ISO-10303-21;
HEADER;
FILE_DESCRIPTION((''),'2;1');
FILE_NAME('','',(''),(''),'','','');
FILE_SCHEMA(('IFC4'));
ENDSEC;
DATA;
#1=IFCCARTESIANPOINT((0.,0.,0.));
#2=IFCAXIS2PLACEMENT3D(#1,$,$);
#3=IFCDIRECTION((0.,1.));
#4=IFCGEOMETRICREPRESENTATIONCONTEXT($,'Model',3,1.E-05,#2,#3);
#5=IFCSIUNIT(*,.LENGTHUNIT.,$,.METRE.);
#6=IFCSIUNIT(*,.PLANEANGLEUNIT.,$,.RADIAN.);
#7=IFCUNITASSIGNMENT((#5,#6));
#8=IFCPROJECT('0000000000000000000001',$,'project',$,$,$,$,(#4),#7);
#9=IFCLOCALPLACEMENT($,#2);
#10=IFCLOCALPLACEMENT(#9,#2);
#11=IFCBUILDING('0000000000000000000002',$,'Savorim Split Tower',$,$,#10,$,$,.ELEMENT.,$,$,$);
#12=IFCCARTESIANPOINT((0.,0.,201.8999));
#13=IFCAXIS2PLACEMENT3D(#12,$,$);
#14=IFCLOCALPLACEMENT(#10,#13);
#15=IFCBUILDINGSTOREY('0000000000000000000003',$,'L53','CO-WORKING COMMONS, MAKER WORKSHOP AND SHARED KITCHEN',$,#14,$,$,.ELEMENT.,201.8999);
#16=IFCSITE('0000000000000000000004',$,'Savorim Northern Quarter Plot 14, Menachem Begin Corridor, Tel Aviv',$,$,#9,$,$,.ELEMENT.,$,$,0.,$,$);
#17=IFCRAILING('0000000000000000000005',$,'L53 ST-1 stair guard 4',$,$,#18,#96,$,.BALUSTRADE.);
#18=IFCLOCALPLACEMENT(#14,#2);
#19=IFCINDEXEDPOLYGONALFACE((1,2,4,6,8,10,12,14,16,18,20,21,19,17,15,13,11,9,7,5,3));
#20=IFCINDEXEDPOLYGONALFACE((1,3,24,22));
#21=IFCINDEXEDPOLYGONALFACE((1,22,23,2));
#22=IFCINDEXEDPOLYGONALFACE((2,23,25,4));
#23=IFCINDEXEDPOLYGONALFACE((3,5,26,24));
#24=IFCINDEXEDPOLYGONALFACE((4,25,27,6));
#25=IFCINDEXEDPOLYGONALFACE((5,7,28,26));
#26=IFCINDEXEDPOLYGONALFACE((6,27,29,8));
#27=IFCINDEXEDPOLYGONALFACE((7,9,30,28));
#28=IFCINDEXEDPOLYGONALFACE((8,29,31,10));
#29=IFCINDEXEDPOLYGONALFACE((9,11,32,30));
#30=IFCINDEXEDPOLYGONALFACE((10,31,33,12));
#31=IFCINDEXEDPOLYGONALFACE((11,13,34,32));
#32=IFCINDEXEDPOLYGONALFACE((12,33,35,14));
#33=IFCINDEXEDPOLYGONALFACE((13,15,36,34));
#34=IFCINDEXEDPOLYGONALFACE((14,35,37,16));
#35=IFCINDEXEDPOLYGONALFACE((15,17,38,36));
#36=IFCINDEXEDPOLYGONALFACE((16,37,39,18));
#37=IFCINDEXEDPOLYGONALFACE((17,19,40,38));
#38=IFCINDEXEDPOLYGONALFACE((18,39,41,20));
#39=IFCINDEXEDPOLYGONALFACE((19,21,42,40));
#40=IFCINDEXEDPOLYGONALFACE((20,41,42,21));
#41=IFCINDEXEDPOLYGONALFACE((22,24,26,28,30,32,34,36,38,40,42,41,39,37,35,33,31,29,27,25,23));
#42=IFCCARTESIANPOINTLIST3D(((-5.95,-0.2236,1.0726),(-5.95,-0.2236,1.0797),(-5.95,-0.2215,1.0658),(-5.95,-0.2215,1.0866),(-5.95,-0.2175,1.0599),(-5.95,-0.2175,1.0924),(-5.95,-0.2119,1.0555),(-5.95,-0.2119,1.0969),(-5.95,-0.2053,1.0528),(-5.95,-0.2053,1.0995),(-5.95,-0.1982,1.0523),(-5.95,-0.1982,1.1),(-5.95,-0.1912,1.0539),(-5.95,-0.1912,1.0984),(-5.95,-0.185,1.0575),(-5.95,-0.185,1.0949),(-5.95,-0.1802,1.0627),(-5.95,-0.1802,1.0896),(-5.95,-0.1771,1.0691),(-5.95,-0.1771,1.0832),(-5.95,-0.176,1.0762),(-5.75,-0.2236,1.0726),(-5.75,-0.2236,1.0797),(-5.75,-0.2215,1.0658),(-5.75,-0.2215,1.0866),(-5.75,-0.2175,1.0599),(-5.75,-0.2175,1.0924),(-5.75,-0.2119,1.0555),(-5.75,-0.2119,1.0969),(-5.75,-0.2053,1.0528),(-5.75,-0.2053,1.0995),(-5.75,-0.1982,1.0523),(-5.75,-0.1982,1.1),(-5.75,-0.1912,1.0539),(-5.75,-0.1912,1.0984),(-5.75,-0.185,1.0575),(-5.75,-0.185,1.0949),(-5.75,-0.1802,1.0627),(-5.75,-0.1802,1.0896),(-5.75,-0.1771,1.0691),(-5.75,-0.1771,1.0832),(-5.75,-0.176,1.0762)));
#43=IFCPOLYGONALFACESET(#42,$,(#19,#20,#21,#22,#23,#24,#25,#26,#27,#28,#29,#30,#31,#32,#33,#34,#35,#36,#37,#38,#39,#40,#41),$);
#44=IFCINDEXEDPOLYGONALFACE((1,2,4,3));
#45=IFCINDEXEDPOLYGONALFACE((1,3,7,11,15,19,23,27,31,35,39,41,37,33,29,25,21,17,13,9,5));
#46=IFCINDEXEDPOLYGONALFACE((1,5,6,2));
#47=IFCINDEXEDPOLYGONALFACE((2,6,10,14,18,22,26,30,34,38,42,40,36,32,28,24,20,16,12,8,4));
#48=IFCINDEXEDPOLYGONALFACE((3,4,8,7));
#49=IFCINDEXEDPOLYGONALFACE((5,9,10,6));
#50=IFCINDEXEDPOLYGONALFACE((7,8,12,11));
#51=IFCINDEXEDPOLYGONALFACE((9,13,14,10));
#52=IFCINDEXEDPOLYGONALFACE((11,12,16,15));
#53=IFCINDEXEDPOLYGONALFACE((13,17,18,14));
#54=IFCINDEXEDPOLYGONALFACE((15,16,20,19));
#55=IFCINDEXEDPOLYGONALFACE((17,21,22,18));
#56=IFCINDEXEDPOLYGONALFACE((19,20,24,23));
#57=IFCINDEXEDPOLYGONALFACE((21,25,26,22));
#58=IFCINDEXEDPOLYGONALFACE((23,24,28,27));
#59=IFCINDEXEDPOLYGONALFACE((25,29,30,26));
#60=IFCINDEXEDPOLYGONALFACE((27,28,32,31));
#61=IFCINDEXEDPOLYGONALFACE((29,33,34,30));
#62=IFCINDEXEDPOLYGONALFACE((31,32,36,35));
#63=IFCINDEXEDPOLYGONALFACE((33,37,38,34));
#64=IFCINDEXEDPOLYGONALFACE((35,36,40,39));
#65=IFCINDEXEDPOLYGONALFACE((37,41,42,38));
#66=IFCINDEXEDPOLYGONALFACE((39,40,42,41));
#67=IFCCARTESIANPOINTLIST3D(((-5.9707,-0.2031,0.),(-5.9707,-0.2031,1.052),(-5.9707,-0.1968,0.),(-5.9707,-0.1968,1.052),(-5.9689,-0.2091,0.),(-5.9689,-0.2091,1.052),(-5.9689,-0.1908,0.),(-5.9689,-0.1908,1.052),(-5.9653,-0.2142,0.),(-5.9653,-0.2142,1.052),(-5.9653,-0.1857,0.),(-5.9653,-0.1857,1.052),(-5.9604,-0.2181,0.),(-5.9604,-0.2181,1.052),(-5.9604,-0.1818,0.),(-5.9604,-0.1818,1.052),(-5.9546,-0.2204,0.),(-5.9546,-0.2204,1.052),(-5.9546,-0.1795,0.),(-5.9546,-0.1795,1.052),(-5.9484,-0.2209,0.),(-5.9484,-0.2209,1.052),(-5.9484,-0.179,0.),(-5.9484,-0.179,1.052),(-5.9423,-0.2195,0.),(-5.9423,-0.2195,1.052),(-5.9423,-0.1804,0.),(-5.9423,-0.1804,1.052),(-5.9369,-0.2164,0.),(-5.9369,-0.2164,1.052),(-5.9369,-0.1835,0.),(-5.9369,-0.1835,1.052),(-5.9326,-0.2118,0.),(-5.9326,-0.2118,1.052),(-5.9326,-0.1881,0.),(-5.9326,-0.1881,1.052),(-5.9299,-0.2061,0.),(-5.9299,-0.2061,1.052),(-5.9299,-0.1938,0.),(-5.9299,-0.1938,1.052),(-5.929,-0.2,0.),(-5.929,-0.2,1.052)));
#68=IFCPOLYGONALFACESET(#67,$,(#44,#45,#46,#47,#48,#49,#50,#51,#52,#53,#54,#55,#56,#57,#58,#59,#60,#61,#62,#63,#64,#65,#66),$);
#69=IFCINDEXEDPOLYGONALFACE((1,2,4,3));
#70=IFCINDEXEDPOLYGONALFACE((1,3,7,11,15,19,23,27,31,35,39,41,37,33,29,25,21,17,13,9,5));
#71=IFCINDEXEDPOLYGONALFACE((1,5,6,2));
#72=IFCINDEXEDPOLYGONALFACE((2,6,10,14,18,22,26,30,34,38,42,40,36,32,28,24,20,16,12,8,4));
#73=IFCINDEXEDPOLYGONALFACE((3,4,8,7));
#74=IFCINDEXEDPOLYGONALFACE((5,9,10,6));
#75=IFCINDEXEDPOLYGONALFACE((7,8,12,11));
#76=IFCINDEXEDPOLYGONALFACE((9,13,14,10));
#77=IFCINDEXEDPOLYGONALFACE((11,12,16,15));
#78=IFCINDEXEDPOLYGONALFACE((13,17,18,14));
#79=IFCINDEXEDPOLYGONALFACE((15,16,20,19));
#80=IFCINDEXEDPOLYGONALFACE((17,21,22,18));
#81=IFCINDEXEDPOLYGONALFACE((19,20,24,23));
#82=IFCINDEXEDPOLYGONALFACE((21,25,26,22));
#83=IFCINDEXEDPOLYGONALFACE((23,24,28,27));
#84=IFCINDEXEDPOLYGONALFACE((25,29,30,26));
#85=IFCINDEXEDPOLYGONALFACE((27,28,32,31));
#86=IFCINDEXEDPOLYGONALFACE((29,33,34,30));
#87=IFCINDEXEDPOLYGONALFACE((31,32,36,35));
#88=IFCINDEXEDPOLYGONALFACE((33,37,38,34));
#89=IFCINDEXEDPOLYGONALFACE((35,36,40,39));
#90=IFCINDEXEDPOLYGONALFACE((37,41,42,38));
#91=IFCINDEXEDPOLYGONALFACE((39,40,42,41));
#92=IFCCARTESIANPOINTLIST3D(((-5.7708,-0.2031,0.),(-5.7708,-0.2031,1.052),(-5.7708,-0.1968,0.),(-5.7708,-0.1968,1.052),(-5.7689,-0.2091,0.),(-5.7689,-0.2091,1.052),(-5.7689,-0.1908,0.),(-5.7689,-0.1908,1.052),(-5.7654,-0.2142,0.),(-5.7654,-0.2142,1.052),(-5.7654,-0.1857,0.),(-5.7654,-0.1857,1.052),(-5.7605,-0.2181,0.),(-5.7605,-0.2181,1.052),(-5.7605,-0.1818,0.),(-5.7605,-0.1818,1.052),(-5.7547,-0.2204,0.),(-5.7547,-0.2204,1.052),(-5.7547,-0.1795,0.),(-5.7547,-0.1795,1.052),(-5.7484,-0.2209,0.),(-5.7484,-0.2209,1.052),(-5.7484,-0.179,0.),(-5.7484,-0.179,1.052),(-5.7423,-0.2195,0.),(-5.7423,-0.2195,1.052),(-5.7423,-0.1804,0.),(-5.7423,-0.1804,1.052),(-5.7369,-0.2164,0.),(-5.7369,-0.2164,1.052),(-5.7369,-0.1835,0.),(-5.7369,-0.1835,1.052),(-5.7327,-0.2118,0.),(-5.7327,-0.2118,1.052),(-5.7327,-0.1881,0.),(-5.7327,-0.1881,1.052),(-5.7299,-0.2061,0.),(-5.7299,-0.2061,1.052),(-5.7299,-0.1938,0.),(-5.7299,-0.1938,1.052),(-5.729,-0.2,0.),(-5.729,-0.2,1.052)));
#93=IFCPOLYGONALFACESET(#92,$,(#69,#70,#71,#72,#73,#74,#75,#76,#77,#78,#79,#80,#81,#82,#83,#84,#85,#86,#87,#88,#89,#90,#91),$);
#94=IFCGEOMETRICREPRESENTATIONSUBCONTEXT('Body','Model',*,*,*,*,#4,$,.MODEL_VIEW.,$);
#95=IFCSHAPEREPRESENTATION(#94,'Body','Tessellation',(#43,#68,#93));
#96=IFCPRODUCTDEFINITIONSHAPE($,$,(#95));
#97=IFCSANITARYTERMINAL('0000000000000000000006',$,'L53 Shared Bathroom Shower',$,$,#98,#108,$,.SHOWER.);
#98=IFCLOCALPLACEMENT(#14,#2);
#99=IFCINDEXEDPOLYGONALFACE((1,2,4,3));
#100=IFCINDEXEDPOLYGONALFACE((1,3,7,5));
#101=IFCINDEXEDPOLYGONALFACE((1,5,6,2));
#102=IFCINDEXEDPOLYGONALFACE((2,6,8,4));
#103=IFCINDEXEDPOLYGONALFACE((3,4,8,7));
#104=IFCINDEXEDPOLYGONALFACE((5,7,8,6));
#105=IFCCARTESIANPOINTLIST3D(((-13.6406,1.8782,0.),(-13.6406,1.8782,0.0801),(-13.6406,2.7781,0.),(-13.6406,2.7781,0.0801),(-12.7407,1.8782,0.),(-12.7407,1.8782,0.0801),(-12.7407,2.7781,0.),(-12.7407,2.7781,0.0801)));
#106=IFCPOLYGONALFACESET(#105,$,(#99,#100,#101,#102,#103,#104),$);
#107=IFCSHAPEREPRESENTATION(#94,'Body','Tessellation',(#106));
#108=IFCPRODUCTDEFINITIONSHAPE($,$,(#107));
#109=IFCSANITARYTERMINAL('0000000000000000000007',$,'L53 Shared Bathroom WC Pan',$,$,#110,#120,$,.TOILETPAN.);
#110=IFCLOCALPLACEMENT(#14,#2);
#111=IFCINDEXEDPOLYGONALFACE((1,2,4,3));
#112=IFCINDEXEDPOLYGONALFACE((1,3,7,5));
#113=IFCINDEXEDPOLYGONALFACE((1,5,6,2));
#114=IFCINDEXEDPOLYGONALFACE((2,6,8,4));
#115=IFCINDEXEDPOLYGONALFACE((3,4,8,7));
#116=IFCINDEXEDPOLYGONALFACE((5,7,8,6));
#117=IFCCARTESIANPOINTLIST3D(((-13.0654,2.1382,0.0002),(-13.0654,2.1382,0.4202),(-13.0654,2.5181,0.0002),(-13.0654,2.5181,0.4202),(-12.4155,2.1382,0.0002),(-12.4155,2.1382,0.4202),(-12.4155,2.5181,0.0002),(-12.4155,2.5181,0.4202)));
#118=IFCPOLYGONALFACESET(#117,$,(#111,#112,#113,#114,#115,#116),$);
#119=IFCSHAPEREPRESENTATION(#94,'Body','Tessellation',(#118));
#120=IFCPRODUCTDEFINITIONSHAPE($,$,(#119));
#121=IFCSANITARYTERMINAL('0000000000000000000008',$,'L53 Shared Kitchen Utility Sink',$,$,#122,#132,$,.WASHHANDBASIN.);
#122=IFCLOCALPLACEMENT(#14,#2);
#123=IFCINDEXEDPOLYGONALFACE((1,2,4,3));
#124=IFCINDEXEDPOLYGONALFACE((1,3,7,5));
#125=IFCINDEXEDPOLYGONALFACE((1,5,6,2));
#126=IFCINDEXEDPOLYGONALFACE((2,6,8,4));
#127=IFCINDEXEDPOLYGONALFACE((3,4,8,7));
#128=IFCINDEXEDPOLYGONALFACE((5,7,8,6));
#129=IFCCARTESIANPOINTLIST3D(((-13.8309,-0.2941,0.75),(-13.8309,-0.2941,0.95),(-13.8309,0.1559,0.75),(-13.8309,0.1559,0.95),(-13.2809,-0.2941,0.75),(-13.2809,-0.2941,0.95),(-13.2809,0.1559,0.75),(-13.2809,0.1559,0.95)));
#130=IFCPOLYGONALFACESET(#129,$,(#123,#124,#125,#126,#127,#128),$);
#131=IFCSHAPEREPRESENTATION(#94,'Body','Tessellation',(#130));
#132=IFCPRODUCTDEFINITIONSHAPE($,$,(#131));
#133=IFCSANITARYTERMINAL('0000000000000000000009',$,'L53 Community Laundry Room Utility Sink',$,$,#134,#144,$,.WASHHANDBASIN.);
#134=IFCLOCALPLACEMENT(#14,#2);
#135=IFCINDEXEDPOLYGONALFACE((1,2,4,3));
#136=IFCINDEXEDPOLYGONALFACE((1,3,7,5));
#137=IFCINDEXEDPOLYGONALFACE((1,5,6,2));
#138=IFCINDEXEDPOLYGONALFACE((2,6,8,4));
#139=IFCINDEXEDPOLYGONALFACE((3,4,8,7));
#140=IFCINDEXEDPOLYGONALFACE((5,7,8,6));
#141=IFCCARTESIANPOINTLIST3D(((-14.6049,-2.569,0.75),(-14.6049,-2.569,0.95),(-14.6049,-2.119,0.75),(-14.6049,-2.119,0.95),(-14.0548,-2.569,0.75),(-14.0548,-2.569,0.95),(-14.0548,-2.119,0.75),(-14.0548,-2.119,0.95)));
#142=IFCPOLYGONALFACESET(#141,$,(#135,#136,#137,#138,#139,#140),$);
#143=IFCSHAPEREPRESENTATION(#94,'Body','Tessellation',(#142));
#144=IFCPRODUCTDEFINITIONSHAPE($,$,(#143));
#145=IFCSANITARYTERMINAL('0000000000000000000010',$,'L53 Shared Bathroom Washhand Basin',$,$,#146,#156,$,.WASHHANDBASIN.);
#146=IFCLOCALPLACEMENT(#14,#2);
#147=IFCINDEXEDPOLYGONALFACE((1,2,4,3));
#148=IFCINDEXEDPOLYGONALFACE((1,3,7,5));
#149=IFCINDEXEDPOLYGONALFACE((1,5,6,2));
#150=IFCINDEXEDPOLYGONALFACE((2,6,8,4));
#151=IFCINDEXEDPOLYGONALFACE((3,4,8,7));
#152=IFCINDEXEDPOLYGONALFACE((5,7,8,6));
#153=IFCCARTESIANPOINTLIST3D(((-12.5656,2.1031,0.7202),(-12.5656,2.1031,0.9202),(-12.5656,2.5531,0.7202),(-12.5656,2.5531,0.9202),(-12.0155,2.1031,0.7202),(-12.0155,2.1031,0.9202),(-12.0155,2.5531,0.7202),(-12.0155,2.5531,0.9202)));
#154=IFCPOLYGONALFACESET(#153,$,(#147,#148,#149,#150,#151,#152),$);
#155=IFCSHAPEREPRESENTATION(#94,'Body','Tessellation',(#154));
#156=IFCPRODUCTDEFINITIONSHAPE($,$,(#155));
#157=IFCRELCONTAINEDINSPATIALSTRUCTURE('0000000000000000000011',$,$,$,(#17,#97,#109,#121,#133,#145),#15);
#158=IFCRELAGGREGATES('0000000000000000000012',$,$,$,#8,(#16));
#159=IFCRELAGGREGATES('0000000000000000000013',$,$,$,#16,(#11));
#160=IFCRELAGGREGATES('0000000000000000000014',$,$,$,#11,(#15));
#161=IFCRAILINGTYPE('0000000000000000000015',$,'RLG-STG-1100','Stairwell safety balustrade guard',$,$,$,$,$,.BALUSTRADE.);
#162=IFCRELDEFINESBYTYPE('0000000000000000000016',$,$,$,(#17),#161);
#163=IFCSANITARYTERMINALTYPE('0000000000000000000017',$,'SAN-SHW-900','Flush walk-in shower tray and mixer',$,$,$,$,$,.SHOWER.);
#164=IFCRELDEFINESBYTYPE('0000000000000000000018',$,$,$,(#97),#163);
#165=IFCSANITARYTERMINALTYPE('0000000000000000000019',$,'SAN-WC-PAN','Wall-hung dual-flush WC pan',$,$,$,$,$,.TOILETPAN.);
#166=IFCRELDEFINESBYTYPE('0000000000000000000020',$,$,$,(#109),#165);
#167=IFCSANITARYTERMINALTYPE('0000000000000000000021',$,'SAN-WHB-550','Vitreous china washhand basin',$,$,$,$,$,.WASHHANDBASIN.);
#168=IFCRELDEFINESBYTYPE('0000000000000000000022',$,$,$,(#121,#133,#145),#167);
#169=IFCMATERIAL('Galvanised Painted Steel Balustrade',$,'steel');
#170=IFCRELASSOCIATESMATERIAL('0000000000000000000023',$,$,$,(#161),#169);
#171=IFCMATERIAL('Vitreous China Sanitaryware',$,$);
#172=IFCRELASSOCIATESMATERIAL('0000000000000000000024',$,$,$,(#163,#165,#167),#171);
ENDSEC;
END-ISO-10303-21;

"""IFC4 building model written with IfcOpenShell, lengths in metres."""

from ifc_helpers import new_model, si_unit, direction, frame, origin, origin_2d, place, context, subcontext, project, spatial, rectangle, circle, extrude, material, type_object, element, save


model = new_model("IFC4")

# Units and contexts
model_context = context("Model", 3, precision=1e-05, world=origin(), true_north=direction((0.0, 1.0)))
body_context = subcontext(model_context, "Body", "Model", "MODEL_VIEW")
ifc_project = project(units=[si_unit("LENGTHUNIT", "METRE"), si_unit("PLANEANGLEUNIT", "RADIAN")], contexts=[model_context])

# Site, building, storey
site_placement = place(None, origin())
site = spatial("IfcSite", under=ifc_project, at=site_placement, Name="Savorim Northern Quarter Plot 14, Menachem Begin Corridor, Tel Aviv", CompositionType="ELEMENT", RefElevation=0.0)
building_placement = place(site_placement, origin())
building = spatial("IfcBuilding", under=site, at=building_placement, Name="Savorim Split Tower", CompositionType="ELEMENT")
storey_placement = place(building_placement, frame((0.0, 0.0, 201.8999)))
storey = spatial("IfcBuildingStorey", under=building, at=storey_placement, Name="L53", Description="CO-WORKING COMMONS, MAKER WORKSHOP AND SHARED KITCHEN", CompositionType="ELEMENT", Elevation=201.8999)

# Railing
ifc_material_1 = material(Name="Galvanised Painted Steel Balustrade", Category="steel")
railing_type_1 = type_object("IfcRailingType", Name="RLG-STG-1100", Description="Stairwell safety balustrade guard", PredefinedType="BALUSTRADE", material=ifc_material_1)
railing_1_placement = place(storey_placement, frame((-5.95, -0.2, 0.0)))
element("IfcRailing", 1, at=railing_1_placement, inside=storey, type_object=railing_type_1, Name="L53 ST-1 stair guard 4", PredefinedType="BALUSTRADE", context=body_context, shape_type="SweptSolid", body=[
    extrude(circle(Radius=0.0239, at=origin_2d()), frame((0.0, 0.0, 1.0762), z_axis=(1.0, 0.0, 0.0), x_axis=(0.0, 1.0, 0.0)), (0.0, 0.0, 1.0), 0.2),
    extrude(circle(Radius=0.021, at=origin_2d()), origin(), (0.0, 0.0, 1.0), 1.052),
    extrude(circle(Radius=0.021, at=origin_2d()), frame((0.2, 0.0, 0.0)), (0.0, 0.0, 1.0), 1.052),
])

# Sanitary terminals
ifc_material_2 = material(Name="Vitreous China Sanitaryware")
sanitary_terminal_type_1 = type_object("IfcSanitaryTerminalType", Name="SAN-SHW-900", Description="Flush walk-in shower tray and mixer", PredefinedType="SHOWER", material=ifc_material_2)
sanitary_terminal_1_placement = place(storey_placement, frame((-13.1907, 2.3281, 0.0), z_axis=(0.0, 0.0, 1.0), x_axis=(1.0, 0.0, 0.0)))
element("IfcSanitaryTerminal", 2, at=sanitary_terminal_1_placement, inside=storey, type_object=sanitary_terminal_type_1, Name="L53 Shared Bathroom Shower", PredefinedType="SHOWER", context=body_context, shape_type="SweptSolid", body=[
    extrude(rectangle(XDim=0.8999, YDim=0.8999, at=origin_2d()), origin(), (0.0, 0.0, 1.0), 0.0801),
])
sanitary_terminal_type_2 = type_object("IfcSanitaryTerminalType", Name="SAN-WC-PAN", Description="Wall-hung dual-flush WC pan", PredefinedType="TOILETPAN", material=ifc_material_2)
sanitary_terminal_2_placement = place(storey_placement, frame((-12.7405, 2.3281, 0.0002), z_axis=(0.0, 0.0, 1.0), x_axis=(1.0, 0.0, 0.0)))
element("IfcSanitaryTerminal", 3, at=sanitary_terminal_2_placement, inside=storey, type_object=sanitary_terminal_type_2, Name="L53 Shared Bathroom WC Pan", PredefinedType="TOILETPAN", context=body_context, shape_type="SweptSolid", body=[
    extrude(rectangle(XDim=0.6499, YDim=0.3799, at=origin_2d()), origin(), (0.0, 0.0, 1.0), 0.4199),
])
sanitary_terminal_type_3 = type_object("IfcSanitaryTerminalType", Name="SAN-WHB-550", Description="Vitreous china washhand basin", PredefinedType="WASHHANDBASIN", material=ifc_material_2)
for number, where, z_axis, x_axis, name in (
    (4, (-13.5559, -0.0691, 0.75), (0.0, 0.0, 1.0), (1.0, 0.0, 0.0), "L53 Shared Kitchen Utility Sink"),
    (5, (-14.3298, -2.344, 0.75), (0.0, 0.0, 1.0), (1.0, 0.0, 0.0), "L53 Community Laundry Room Utility Sink"),
    (6, (-12.2905, 2.3281, 0.7202), (0.0, 0.0, 1.0), (1.0, 0.0, 0.0), "L53 Shared Bathroom Washhand Basin"),
):
    element("IfcSanitaryTerminal", number, at=place(storey_placement, frame(where, z_axis=z_axis, x_axis=x_axis)), inside=storey, type_object=sanitary_terminal_type_3, Name=name, PredefinedType="WASHHANDBASIN", context=body_context, shape_type="SweptSolid", body=[
        extrude(rectangle(XDim=0.55, YDim=0.45, at=origin_2d()), origin(), (0.0, 0.0, 1.0), 0.2),
    ])

save(model, "model.ifc")
